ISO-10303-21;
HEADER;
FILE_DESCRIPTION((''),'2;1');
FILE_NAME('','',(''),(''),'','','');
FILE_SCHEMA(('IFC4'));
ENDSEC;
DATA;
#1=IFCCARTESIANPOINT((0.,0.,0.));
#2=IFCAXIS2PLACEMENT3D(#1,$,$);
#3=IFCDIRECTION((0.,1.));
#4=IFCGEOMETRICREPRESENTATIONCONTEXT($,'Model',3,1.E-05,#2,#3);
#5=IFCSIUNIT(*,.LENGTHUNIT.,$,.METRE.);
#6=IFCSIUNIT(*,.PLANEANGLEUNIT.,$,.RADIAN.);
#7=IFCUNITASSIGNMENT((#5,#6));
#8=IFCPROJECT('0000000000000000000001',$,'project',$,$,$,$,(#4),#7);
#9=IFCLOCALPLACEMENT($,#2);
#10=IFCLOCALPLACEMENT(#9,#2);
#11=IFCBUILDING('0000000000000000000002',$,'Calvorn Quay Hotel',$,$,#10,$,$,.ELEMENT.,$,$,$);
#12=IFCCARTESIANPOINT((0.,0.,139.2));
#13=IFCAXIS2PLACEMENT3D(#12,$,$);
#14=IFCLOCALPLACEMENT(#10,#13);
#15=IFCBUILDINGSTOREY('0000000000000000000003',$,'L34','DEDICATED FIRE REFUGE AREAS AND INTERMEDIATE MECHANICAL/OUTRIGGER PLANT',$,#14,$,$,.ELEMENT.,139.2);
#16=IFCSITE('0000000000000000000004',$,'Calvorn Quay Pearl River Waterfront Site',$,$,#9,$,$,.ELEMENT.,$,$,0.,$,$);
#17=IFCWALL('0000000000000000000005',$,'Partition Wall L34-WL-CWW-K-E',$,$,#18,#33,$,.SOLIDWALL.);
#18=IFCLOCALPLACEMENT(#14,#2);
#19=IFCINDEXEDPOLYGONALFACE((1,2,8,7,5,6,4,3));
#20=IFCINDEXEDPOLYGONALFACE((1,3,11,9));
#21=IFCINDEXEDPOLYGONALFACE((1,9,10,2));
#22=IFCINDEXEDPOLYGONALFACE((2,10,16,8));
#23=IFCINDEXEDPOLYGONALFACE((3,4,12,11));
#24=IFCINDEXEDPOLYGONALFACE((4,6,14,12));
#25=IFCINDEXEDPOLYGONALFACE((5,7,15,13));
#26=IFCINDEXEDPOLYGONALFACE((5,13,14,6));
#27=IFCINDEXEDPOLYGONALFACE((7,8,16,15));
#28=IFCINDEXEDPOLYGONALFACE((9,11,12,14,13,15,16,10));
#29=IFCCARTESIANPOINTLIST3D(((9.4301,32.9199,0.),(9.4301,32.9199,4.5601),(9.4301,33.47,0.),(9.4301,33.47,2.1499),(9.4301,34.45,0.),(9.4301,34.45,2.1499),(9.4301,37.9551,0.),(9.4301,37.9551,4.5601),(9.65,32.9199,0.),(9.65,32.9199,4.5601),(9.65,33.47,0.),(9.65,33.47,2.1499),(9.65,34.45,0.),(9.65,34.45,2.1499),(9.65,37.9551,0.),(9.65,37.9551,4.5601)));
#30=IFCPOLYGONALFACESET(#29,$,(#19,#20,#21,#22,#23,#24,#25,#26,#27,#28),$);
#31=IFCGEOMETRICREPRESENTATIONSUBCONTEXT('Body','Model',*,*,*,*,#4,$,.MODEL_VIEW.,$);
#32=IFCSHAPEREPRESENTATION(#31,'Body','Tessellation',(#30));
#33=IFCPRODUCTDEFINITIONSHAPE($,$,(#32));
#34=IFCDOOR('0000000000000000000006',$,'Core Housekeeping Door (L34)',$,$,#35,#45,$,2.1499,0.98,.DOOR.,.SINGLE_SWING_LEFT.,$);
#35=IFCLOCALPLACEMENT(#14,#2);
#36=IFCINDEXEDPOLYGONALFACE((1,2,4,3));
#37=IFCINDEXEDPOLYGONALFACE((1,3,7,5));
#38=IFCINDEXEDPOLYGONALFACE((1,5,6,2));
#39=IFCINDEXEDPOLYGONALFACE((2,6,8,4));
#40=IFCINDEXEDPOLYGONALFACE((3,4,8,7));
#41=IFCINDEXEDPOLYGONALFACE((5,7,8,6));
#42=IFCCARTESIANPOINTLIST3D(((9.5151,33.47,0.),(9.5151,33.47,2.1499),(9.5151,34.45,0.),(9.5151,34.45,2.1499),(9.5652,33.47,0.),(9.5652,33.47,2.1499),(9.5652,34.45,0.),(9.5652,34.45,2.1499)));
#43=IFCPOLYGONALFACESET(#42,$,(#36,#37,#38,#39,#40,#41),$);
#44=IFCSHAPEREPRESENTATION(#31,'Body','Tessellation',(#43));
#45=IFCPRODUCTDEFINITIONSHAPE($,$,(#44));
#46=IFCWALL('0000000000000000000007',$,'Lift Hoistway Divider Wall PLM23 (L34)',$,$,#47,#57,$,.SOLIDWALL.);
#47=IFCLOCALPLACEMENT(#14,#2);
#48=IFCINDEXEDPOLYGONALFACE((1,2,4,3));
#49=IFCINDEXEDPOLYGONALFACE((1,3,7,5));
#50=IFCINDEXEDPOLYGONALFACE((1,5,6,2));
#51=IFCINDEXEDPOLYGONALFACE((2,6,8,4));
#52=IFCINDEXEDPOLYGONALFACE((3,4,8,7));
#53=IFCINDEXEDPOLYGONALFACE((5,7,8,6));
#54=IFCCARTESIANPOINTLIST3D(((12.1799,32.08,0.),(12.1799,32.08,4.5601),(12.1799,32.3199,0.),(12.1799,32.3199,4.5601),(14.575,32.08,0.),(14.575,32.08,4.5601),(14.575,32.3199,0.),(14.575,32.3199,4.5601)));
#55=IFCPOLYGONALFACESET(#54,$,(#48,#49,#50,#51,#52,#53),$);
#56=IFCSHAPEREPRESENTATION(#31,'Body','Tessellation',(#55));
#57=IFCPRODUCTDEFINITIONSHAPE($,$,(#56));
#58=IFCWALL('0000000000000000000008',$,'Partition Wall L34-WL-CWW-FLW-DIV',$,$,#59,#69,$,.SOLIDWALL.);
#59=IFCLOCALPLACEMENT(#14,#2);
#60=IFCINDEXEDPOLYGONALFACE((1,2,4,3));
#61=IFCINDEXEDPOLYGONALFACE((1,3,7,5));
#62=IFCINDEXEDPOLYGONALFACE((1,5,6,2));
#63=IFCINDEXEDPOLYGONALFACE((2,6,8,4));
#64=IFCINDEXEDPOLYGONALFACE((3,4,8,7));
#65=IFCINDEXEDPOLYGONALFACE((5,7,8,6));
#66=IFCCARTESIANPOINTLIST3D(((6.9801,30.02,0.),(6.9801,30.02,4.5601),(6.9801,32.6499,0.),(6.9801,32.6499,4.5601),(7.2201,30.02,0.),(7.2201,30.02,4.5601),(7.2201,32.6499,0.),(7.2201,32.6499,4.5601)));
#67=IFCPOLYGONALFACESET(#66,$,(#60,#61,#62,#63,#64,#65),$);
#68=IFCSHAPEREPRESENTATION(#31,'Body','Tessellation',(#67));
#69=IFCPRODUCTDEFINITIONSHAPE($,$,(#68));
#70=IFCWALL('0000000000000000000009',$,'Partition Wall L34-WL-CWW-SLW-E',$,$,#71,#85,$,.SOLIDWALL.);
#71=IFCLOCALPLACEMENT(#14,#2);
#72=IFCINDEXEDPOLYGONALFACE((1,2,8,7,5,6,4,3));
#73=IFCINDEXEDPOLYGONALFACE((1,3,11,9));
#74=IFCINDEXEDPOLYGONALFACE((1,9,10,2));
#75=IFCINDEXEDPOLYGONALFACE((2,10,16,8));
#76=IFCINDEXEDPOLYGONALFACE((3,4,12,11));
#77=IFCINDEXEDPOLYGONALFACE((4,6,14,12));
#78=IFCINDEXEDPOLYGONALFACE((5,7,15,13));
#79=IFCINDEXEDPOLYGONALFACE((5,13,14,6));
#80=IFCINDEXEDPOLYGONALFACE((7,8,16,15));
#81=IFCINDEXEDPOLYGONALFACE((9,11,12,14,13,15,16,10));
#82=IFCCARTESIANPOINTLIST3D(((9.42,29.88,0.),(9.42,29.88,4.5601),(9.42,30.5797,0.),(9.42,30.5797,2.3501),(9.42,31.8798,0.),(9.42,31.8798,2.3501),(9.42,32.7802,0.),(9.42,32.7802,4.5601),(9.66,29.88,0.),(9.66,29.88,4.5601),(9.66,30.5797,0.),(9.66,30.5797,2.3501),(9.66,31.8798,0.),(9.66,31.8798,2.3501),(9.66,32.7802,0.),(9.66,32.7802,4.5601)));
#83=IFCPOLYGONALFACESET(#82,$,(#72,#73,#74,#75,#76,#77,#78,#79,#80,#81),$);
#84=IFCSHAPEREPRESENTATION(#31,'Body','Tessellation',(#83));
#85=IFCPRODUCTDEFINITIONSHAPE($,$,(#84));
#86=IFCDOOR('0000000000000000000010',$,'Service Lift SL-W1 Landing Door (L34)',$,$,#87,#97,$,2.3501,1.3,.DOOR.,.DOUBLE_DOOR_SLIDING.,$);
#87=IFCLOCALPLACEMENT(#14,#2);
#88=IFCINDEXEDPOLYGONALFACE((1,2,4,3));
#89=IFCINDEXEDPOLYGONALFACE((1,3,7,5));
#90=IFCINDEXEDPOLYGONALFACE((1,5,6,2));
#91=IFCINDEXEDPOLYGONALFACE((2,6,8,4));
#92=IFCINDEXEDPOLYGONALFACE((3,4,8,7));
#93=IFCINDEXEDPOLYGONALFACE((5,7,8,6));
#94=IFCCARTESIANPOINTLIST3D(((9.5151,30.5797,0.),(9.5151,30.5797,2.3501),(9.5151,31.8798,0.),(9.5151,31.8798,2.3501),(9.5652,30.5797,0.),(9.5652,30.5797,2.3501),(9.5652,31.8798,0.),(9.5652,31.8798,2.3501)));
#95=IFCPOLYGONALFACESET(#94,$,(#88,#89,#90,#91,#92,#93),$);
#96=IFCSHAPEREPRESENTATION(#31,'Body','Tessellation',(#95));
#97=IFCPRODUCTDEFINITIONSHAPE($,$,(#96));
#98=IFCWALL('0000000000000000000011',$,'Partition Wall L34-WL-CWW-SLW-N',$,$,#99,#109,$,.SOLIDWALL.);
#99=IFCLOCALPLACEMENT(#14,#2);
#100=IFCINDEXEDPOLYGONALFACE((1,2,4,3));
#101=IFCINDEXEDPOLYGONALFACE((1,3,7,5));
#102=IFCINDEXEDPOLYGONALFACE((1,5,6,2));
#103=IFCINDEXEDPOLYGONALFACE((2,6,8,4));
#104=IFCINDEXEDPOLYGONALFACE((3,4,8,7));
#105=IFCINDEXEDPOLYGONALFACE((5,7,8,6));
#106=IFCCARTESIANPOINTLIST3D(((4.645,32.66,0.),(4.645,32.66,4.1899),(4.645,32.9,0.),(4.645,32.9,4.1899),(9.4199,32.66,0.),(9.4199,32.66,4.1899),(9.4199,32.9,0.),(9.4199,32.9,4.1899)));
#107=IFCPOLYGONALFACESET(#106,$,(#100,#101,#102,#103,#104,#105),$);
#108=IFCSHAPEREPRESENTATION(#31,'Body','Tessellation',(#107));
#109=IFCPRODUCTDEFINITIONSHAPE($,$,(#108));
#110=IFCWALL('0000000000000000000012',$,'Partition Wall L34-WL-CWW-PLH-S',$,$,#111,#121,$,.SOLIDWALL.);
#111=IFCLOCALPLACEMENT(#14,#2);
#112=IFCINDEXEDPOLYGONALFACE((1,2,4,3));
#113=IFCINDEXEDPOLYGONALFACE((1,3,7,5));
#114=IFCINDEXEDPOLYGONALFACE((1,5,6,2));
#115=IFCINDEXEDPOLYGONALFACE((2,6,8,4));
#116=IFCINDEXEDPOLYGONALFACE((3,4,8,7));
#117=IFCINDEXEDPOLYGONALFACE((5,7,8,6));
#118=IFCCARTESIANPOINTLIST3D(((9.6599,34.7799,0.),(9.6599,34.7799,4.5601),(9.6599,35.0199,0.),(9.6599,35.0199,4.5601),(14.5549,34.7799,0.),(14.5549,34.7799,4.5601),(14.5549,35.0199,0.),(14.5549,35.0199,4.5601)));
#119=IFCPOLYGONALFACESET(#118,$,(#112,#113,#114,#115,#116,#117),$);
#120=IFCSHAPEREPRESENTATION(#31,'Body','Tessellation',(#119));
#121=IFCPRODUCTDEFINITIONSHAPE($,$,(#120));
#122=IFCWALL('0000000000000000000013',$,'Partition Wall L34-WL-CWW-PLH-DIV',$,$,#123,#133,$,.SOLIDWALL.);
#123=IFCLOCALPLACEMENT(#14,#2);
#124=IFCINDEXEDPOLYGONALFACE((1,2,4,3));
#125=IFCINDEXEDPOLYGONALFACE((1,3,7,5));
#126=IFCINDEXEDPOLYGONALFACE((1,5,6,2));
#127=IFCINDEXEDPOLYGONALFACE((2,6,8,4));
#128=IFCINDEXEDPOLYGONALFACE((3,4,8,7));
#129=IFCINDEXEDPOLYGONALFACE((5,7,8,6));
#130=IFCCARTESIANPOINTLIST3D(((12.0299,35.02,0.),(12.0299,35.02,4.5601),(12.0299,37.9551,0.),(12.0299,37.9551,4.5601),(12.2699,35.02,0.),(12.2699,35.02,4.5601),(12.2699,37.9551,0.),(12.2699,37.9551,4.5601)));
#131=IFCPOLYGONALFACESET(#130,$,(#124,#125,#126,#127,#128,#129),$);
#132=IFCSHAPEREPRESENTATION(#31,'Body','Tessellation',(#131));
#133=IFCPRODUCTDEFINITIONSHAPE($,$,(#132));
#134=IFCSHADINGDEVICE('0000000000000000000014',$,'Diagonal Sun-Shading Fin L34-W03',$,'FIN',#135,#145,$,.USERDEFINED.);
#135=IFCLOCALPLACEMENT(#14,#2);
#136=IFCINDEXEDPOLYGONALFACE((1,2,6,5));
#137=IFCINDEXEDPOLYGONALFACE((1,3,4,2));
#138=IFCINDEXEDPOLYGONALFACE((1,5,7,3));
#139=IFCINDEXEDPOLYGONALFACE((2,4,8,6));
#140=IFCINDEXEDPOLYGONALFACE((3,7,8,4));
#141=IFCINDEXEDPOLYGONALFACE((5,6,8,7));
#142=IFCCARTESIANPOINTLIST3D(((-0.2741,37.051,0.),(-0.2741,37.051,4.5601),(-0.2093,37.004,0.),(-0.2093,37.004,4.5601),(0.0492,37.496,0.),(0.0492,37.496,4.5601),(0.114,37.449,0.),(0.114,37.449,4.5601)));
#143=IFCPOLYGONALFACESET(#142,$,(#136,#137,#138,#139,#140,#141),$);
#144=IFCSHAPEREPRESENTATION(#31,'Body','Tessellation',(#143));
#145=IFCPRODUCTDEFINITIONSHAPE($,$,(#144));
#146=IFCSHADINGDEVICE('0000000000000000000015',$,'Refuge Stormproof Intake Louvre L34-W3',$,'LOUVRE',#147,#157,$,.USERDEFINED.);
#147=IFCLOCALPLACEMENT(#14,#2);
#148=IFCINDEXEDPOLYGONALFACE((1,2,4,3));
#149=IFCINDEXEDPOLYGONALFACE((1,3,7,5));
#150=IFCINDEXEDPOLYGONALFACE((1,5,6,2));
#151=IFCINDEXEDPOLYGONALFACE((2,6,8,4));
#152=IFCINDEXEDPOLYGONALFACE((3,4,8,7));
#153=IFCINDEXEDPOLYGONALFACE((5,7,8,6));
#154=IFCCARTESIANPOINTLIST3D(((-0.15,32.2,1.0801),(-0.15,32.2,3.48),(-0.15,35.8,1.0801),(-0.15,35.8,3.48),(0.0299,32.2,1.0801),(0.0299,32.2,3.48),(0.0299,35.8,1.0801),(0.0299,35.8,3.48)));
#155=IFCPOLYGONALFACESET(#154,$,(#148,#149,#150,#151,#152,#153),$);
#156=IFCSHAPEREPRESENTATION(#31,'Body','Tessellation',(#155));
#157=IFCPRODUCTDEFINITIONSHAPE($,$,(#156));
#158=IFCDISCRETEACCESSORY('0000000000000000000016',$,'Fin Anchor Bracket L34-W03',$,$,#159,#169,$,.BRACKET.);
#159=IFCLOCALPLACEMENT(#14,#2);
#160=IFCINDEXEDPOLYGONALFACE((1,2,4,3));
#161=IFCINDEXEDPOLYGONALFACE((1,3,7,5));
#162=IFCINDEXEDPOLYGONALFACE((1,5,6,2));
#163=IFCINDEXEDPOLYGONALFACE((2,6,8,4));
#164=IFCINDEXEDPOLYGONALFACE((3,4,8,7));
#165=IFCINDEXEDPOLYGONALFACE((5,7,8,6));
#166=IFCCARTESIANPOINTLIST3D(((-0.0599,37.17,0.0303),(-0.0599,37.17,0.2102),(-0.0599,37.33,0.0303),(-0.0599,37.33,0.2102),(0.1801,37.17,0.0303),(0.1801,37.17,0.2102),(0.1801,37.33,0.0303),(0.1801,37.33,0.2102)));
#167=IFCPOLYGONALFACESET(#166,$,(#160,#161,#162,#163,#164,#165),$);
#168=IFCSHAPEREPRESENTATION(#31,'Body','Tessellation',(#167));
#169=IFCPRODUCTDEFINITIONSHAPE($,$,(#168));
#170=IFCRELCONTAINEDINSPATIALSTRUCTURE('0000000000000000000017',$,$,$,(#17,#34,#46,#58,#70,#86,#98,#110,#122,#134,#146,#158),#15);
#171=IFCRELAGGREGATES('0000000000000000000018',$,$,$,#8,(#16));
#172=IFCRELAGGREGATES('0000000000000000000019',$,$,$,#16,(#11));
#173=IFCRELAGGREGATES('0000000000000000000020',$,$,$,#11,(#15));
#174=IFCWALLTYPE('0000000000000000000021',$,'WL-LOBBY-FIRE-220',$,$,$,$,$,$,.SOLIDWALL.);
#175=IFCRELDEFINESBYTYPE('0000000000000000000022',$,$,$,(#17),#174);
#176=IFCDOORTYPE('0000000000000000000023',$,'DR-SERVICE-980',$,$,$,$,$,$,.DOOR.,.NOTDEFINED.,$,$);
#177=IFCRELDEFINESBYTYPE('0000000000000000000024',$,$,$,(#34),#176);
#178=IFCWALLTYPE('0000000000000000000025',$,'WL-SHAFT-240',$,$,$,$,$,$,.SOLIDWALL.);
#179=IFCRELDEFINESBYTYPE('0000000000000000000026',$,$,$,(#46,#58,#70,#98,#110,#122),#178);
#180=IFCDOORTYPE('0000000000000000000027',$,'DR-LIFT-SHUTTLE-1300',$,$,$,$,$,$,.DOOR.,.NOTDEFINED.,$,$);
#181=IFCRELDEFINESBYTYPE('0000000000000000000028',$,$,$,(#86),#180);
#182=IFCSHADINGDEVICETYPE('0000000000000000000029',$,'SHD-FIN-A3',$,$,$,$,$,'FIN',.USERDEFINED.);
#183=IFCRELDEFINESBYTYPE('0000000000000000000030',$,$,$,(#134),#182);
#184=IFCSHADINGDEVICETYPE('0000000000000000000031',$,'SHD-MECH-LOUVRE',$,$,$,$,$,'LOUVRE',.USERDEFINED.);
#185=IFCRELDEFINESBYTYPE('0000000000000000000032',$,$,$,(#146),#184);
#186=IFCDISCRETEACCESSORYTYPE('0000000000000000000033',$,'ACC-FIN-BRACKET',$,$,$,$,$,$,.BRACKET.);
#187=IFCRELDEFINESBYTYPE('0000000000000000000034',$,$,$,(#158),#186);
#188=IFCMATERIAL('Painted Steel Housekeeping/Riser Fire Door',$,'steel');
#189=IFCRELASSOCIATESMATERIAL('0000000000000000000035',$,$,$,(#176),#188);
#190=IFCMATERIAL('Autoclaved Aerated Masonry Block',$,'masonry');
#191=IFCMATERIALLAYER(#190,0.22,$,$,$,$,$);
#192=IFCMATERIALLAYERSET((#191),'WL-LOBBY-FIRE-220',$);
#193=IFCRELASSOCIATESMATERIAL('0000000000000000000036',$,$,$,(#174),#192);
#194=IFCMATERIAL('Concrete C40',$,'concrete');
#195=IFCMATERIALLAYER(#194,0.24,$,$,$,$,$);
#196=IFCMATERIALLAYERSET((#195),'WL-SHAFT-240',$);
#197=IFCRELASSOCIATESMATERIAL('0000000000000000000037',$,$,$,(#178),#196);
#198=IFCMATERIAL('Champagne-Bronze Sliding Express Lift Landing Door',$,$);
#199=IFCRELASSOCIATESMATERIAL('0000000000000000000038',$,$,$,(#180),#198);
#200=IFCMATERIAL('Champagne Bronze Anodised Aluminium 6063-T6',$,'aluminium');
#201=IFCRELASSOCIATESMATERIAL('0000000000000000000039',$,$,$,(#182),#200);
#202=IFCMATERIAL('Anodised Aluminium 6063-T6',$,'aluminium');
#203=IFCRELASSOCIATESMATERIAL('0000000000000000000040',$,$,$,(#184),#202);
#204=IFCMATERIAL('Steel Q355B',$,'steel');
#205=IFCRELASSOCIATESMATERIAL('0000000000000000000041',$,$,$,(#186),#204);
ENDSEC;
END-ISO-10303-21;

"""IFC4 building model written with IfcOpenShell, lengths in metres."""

from ifc_helpers import new_model, si_unit, direction, frame, frame_2d, origin, origin_2d, place, context, subcontext, project, spatial, rectangle, extrude, material, layer, layer_set, type_object, element, fill, save


model = new_model("IFC4")

# Units and contexts
model_context = context("Model", 3, precision=1e-05, world=origin(), true_north=direction((0.0, 1.0)))
body_context = subcontext(model_context, "Body", "Model", "MODEL_VIEW")
ifc_project = project(units=[si_unit("LENGTHUNIT", "METRE"), si_unit("PLANEANGLEUNIT", "RADIAN")], contexts=[model_context])

# Site, building, storey
site_placement = place(None, origin())
site = spatial("IfcSite", under=ifc_project, at=site_placement, Name="Calvorn Quay Pearl River Waterfront Site", CompositionType="ELEMENT", RefElevation=0.0)
building_placement = place(site_placement, origin())
building = spatial("IfcBuilding", under=site, at=building_placement, Name="Calvorn Quay Hotel", CompositionType="ELEMENT")
storey_placement = place(building_placement, frame((0.0, 0.0, 139.2)))
storey = spatial("IfcBuildingStorey", under=building, at=storey_placement, Name="L34", Description="DEDICATED FIRE REFUGE AREAS AND INTERMEDIATE MECHANICAL/OUTRIGGER PLANT", CompositionType="ELEMENT", Elevation=139.2)

# Wall, opening, door
ifc_material_1 = material(Name="Painted Steel Housekeeping/Riser Fire Door", Category="steel")
door_type_1 = type_object("IfcDoorType", Name="DR-SERVICE-980", OperationType="NOTDEFINED", PredefinedType="DOOR", material=ifc_material_1)
ifc_material_2 = material(Name="Autoclaved Aerated Masonry Block", Category="masonry")
ifc_layer_1 = layer(ifc_material_2, 0.22)
ifc_layer_set_1 = layer_set([ifc_layer_1], Name="WL-LOBBY-FIRE-220")
wall_type_1 = type_object("IfcWallType", Name="WL-LOBBY-FIRE-220", PredefinedType="SOLIDWALL", material=ifc_layer_set_1)
wall_1_placement = place(storey_placement, frame((9.54, 32.9199, 0.0), z_axis=(0.0, 0.0, 1.0), x_axis=(0.0, 1.0, 0.0)))
wall_1 = element("IfcWall", 1, at=wall_1_placement, inside=storey, type_object=wall_type_1, Name="Partition Wall L34-WL-CWW-K-E", PredefinedType="SOLIDWALL", context=body_context, shape_type="SweptSolid", body=[
    extrude(rectangle(XDim=5.0352, YDim=0.22, at=frame_2d((2.5176, 0.0))), origin(), (0.0, 0.0, 1.0), 4.5601),
])
opening_1_placement = place(wall_1_placement, frame((0.55, 0.0, 0.0)))
opening_1 = element("IfcOpeningElement", 2, at=opening_1_placement, cuts=wall_1, PredefinedType="OPENING", context=body_context, shape_type="SweptSolid", body=[
    extrude(rectangle(XDim=0.98, YDim=2.1499, at=frame_2d((0.49, 1.075))), frame((0.0, 0.1199, 0.0), z_axis=(0.0, -1.0, 0.0), x_axis=(1.0, 0.0, 0.0)), (0.0, 0.0, 1.0), 0.24),
])
door_1_placement = place(opening_1_placement, origin())
door_1 = element("IfcDoor", 3, at=door_1_placement, inside=storey, type_object=door_type_1, Name="Core Housekeeping Door (L34)", OperationType="SINGLE_SWING_LEFT", OverallHeight=2.1499, OverallWidth=0.98, PredefinedType="DOOR", context=body_context, shape_type="SweptSolid", body=[
    extrude(rectangle(XDim=0.98, YDim=2.1499, at=frame_2d((0.49, 1.075))), frame((0.0, 0.0249, 0.0), z_axis=(0.0, -1.0, 0.0), x_axis=(1.0, 0.0, 0.0)), (0.0, 0.0, 1.0), 0.05),
])
fill(opening_1, door_1)

# Walls
ifc_material_3 = material(Name="Concrete C40", Category="concrete")
ifc_layer_2 = layer(ifc_material_3, 0.24)
ifc_layer_set_2 = layer_set([ifc_layer_2], Name="WL-SHAFT-240")
wall_type_2 = type_object("IfcWallType", Name="WL-SHAFT-240", PredefinedType="SOLIDWALL", material=ifc_layer_set_2)
wall_2_placement = place(storey_placement, frame((12.1799, 32.2, 0.0), z_axis=(0.0, 0.0, 1.0), x_axis=(1.0, 0.0, 0.0)))
element("IfcWall", 4, at=wall_2_placement, inside=storey, type_object=wall_type_2, Name="Lift Hoistway Divider Wall PLM23 (L34)", PredefinedType="SOLIDWALL", context=body_context, shape_type="SweptSolid", body=[
    extrude(rectangle(XDim=2.395, YDim=0.24, at=frame_2d((1.1975, 0.0))), origin(), (0.0, 0.0, 1.0), 4.5601),
])
wall_3_placement = place(storey_placement, frame((7.1001, 30.02, 0.0), z_axis=(0.0, 0.0, 1.0), x_axis=(0.0, 1.0, 0.0)))
element("IfcWall", 5, at=wall_3_placement, inside=storey, type_object=wall_type_2, Name="Partition Wall L34-WL-CWW-FLW-DIV", PredefinedType="SOLIDWALL", context=body_context, shape_type="SweptSolid", body=[
    extrude(rectangle(XDim=2.6299, YDim=0.24, at=frame_2d((1.3149, 0.0))), origin(), (0.0, 0.0, 1.0), 4.5601),
])

# Wall, opening, door
wall_4_placement = place(storey_placement, frame((9.54, 29.8799, 0.0), z_axis=(0.0, 0.0, 1.0), x_axis=(0.0, 1.0, 0.0)))
wall_4 = element("IfcWall", 6, at=wall_4_placement, inside=storey, type_object=wall_type_2, Name="Partition Wall L34-WL-CWW-SLW-E", PredefinedType="SOLIDWALL", context=body_context, shape_type="SweptSolid", body=[
    extrude(rectangle(XDim=2.9001, YDim=0.24, at=frame_2d((1.4502, 0.0))), origin(), (0.0, 0.0, 1.0), 4.5601),
])
opening_2_placement = place(wall_4_placement, frame((0.7, 0.0, 0.0)))
opening_2 = element("IfcOpeningElement", 7, at=opening_2_placement, cuts=wall_4, PredefinedType="OPENING", context=body_context, shape_type="SweptSolid", body=[
    extrude(rectangle(XDim=1.3, YDim=2.3501, at=frame_2d((0.6499, 1.175))), frame((0.0, 0.1299, 0.0), z_axis=(0.0, -1.0, 0.0), x_axis=(1.0, 0.0, 0.0)), (0.0, 0.0, 1.0), 0.26),
])
ifc_material_4 = material(Name="Champagne-Bronze Sliding Express Lift Landing Door")
door_type_2 = type_object("IfcDoorType", Name="DR-LIFT-SHUTTLE-1300", OperationType="NOTDEFINED", PredefinedType="DOOR", material=ifc_material_4)
door_2_placement = place(opening_2_placement, origin())
door_2 = element("IfcDoor", 8, at=door_2_placement, inside=storey, type_object=door_type_2, Name="Service Lift SL-W1 Landing Door (L34)", OperationType="DOUBLE_DOOR_SLIDING", OverallHeight=2.3501, OverallWidth=1.3, PredefinedType="DOOR", context=body_context, shape_type="SweptSolid", body=[
    extrude(rectangle(XDim=1.3, YDim=2.3501, at=frame_2d((0.6499, 1.175))), frame((0.0, 0.0249, 0.0), z_axis=(0.0, -1.0, 0.0), x_axis=(1.0, 0.0, 0.0)), (0.0, 0.0, 1.0), 0.05),
])
fill(opening_2, door_2)

# Walls
wall_5_placement = place(storey_placement, frame((4.645, 32.78, 0.0), z_axis=(0.0, 0.0, 1.0), x_axis=(1.0, 0.0, 0.0)))
element("IfcWall", 9, at=wall_5_placement, inside=storey, type_object=wall_type_2, Name="Partition Wall L34-WL-CWW-SLW-N", PredefinedType="SOLIDWALL", context=body_context, shape_type="SweptSolid", body=[
    extrude(rectangle(XDim=4.7749, YDim=0.24, at=frame_2d((2.3875, 0.0))), origin(), (0.0, 0.0, 1.0), 4.1899),
])
wall_6_placement = place(storey_placement, frame((9.6599, 34.8999, 0.0), z_axis=(0.0, 0.0, 1.0), x_axis=(1.0, 0.0, 0.0)))
element("IfcWall", 10, at=wall_6_placement, inside=storey, type_object=wall_type_2, Name="Partition Wall L34-WL-CWW-PLH-S", PredefinedType="SOLIDWALL", context=body_context, shape_type="SweptSolid", body=[
    extrude(rectangle(XDim=4.895, YDim=0.24, at=frame_2d((2.4475, 0.0))), origin(), (0.0, 0.0, 1.0), 4.5601),
])
wall_7_placement = place(storey_placement, frame((12.1499, 35.02, 0.0), z_axis=(0.0, 0.0, 1.0), x_axis=(0.0, 1.0, 0.0)))
element("IfcWall", 11, at=wall_7_placement, inside=storey, type_object=wall_type_2, Name="Partition Wall L34-WL-CWW-PLH-DIV", PredefinedType="SOLIDWALL", context=body_context, shape_type="SweptSolid", body=[
    extrude(rectangle(XDim=2.9351, YDim=0.24, at=frame_2d((1.4675, 0.0))), origin(), (0.0, 0.0, 1.0), 4.5601),
])

# Shading devices
ifc_material_5 = material(Name="Champagne Bronze Anodised Aluminium 6063-T6", Category="aluminium")
shading_device_type_1 = type_object("IfcShadingDeviceType", Name="SHD-FIN-A3", ElementType="FIN", PredefinedType="USERDEFINED", material=ifc_material_5)
shading_device_1_placement = place(storey_placement, frame((-0.0801, 37.25, 0.0), z_axis=(0.0, 0.0, 1.0), x_axis=(0.587785, 0.809017, 0.0)))
element("IfcShadingDevice", 12, at=shading_device_1_placement, inside=storey, type_object=shading_device_type_1, Name="Diagonal Sun-Shading Fin L34-W03", ObjectType="FIN", PredefinedType="USERDEFINED", context=body_context, shape_type="SweptSolid", body=[
    extrude(rectangle(XDim=0.55, YDim=0.0801, at=origin_2d()), origin(), (0.0, 0.0, 1.0), 4.5601),
])
ifc_material_6 = material(Name="Anodised Aluminium 6063-T6", Category="aluminium")
shading_device_type_2 = type_object("IfcShadingDeviceType", Name="SHD-MECH-LOUVRE", ElementType="LOUVRE", PredefinedType="USERDEFINED", material=ifc_material_6)
shading_device_2_placement = place(storey_placement, frame((-0.0601, 34.0, 1.0801), z_axis=(0.0, 0.0, 1.0), x_axis=(1.0, 0.0, 0.0)))
element("IfcShadingDevice", 13, at=shading_device_2_placement, inside=storey, type_object=shading_device_type_2, Name="Refuge Stormproof Intake Louvre L34-W3", ObjectType="LOUVRE", PredefinedType="USERDEFINED", context=body_context, shape_type="SweptSolid", body=[
    extrude(rectangle(XDim=0.1799, YDim=3.6001, at=origin_2d()), origin(), (0.0, 0.0, 1.0), 2.3999),
])

# Discrete accessory
ifc_material_7 = material(Name="Steel Q355B", Category="steel")
discrete_accessory_type = type_object("IfcDiscreteAccessoryType", Name="ACC-FIN-BRACKET", PredefinedType="BRACKET", material=ifc_material_7)
discrete_accessory_placement = place(storey_placement, frame((0.0601, 37.25, 0.0303), z_axis=(0.0, 0.0, 1.0), x_axis=(1.0, 0.0, 0.0)))
element("IfcDiscreteAccessory", 14, at=discrete_accessory_placement, inside=storey, type_object=discrete_accessory_type, Name="Fin Anchor Bracket L34-W03", PredefinedType="BRACKET", context=body_context, shape_type="SweptSolid", body=[
    extrude(rectangle(XDim=0.24, YDim=0.1599, at=origin_2d()), origin(), (0.0, 0.0, 1.0), 0.1799),
])

save(model, "model.ifc")
